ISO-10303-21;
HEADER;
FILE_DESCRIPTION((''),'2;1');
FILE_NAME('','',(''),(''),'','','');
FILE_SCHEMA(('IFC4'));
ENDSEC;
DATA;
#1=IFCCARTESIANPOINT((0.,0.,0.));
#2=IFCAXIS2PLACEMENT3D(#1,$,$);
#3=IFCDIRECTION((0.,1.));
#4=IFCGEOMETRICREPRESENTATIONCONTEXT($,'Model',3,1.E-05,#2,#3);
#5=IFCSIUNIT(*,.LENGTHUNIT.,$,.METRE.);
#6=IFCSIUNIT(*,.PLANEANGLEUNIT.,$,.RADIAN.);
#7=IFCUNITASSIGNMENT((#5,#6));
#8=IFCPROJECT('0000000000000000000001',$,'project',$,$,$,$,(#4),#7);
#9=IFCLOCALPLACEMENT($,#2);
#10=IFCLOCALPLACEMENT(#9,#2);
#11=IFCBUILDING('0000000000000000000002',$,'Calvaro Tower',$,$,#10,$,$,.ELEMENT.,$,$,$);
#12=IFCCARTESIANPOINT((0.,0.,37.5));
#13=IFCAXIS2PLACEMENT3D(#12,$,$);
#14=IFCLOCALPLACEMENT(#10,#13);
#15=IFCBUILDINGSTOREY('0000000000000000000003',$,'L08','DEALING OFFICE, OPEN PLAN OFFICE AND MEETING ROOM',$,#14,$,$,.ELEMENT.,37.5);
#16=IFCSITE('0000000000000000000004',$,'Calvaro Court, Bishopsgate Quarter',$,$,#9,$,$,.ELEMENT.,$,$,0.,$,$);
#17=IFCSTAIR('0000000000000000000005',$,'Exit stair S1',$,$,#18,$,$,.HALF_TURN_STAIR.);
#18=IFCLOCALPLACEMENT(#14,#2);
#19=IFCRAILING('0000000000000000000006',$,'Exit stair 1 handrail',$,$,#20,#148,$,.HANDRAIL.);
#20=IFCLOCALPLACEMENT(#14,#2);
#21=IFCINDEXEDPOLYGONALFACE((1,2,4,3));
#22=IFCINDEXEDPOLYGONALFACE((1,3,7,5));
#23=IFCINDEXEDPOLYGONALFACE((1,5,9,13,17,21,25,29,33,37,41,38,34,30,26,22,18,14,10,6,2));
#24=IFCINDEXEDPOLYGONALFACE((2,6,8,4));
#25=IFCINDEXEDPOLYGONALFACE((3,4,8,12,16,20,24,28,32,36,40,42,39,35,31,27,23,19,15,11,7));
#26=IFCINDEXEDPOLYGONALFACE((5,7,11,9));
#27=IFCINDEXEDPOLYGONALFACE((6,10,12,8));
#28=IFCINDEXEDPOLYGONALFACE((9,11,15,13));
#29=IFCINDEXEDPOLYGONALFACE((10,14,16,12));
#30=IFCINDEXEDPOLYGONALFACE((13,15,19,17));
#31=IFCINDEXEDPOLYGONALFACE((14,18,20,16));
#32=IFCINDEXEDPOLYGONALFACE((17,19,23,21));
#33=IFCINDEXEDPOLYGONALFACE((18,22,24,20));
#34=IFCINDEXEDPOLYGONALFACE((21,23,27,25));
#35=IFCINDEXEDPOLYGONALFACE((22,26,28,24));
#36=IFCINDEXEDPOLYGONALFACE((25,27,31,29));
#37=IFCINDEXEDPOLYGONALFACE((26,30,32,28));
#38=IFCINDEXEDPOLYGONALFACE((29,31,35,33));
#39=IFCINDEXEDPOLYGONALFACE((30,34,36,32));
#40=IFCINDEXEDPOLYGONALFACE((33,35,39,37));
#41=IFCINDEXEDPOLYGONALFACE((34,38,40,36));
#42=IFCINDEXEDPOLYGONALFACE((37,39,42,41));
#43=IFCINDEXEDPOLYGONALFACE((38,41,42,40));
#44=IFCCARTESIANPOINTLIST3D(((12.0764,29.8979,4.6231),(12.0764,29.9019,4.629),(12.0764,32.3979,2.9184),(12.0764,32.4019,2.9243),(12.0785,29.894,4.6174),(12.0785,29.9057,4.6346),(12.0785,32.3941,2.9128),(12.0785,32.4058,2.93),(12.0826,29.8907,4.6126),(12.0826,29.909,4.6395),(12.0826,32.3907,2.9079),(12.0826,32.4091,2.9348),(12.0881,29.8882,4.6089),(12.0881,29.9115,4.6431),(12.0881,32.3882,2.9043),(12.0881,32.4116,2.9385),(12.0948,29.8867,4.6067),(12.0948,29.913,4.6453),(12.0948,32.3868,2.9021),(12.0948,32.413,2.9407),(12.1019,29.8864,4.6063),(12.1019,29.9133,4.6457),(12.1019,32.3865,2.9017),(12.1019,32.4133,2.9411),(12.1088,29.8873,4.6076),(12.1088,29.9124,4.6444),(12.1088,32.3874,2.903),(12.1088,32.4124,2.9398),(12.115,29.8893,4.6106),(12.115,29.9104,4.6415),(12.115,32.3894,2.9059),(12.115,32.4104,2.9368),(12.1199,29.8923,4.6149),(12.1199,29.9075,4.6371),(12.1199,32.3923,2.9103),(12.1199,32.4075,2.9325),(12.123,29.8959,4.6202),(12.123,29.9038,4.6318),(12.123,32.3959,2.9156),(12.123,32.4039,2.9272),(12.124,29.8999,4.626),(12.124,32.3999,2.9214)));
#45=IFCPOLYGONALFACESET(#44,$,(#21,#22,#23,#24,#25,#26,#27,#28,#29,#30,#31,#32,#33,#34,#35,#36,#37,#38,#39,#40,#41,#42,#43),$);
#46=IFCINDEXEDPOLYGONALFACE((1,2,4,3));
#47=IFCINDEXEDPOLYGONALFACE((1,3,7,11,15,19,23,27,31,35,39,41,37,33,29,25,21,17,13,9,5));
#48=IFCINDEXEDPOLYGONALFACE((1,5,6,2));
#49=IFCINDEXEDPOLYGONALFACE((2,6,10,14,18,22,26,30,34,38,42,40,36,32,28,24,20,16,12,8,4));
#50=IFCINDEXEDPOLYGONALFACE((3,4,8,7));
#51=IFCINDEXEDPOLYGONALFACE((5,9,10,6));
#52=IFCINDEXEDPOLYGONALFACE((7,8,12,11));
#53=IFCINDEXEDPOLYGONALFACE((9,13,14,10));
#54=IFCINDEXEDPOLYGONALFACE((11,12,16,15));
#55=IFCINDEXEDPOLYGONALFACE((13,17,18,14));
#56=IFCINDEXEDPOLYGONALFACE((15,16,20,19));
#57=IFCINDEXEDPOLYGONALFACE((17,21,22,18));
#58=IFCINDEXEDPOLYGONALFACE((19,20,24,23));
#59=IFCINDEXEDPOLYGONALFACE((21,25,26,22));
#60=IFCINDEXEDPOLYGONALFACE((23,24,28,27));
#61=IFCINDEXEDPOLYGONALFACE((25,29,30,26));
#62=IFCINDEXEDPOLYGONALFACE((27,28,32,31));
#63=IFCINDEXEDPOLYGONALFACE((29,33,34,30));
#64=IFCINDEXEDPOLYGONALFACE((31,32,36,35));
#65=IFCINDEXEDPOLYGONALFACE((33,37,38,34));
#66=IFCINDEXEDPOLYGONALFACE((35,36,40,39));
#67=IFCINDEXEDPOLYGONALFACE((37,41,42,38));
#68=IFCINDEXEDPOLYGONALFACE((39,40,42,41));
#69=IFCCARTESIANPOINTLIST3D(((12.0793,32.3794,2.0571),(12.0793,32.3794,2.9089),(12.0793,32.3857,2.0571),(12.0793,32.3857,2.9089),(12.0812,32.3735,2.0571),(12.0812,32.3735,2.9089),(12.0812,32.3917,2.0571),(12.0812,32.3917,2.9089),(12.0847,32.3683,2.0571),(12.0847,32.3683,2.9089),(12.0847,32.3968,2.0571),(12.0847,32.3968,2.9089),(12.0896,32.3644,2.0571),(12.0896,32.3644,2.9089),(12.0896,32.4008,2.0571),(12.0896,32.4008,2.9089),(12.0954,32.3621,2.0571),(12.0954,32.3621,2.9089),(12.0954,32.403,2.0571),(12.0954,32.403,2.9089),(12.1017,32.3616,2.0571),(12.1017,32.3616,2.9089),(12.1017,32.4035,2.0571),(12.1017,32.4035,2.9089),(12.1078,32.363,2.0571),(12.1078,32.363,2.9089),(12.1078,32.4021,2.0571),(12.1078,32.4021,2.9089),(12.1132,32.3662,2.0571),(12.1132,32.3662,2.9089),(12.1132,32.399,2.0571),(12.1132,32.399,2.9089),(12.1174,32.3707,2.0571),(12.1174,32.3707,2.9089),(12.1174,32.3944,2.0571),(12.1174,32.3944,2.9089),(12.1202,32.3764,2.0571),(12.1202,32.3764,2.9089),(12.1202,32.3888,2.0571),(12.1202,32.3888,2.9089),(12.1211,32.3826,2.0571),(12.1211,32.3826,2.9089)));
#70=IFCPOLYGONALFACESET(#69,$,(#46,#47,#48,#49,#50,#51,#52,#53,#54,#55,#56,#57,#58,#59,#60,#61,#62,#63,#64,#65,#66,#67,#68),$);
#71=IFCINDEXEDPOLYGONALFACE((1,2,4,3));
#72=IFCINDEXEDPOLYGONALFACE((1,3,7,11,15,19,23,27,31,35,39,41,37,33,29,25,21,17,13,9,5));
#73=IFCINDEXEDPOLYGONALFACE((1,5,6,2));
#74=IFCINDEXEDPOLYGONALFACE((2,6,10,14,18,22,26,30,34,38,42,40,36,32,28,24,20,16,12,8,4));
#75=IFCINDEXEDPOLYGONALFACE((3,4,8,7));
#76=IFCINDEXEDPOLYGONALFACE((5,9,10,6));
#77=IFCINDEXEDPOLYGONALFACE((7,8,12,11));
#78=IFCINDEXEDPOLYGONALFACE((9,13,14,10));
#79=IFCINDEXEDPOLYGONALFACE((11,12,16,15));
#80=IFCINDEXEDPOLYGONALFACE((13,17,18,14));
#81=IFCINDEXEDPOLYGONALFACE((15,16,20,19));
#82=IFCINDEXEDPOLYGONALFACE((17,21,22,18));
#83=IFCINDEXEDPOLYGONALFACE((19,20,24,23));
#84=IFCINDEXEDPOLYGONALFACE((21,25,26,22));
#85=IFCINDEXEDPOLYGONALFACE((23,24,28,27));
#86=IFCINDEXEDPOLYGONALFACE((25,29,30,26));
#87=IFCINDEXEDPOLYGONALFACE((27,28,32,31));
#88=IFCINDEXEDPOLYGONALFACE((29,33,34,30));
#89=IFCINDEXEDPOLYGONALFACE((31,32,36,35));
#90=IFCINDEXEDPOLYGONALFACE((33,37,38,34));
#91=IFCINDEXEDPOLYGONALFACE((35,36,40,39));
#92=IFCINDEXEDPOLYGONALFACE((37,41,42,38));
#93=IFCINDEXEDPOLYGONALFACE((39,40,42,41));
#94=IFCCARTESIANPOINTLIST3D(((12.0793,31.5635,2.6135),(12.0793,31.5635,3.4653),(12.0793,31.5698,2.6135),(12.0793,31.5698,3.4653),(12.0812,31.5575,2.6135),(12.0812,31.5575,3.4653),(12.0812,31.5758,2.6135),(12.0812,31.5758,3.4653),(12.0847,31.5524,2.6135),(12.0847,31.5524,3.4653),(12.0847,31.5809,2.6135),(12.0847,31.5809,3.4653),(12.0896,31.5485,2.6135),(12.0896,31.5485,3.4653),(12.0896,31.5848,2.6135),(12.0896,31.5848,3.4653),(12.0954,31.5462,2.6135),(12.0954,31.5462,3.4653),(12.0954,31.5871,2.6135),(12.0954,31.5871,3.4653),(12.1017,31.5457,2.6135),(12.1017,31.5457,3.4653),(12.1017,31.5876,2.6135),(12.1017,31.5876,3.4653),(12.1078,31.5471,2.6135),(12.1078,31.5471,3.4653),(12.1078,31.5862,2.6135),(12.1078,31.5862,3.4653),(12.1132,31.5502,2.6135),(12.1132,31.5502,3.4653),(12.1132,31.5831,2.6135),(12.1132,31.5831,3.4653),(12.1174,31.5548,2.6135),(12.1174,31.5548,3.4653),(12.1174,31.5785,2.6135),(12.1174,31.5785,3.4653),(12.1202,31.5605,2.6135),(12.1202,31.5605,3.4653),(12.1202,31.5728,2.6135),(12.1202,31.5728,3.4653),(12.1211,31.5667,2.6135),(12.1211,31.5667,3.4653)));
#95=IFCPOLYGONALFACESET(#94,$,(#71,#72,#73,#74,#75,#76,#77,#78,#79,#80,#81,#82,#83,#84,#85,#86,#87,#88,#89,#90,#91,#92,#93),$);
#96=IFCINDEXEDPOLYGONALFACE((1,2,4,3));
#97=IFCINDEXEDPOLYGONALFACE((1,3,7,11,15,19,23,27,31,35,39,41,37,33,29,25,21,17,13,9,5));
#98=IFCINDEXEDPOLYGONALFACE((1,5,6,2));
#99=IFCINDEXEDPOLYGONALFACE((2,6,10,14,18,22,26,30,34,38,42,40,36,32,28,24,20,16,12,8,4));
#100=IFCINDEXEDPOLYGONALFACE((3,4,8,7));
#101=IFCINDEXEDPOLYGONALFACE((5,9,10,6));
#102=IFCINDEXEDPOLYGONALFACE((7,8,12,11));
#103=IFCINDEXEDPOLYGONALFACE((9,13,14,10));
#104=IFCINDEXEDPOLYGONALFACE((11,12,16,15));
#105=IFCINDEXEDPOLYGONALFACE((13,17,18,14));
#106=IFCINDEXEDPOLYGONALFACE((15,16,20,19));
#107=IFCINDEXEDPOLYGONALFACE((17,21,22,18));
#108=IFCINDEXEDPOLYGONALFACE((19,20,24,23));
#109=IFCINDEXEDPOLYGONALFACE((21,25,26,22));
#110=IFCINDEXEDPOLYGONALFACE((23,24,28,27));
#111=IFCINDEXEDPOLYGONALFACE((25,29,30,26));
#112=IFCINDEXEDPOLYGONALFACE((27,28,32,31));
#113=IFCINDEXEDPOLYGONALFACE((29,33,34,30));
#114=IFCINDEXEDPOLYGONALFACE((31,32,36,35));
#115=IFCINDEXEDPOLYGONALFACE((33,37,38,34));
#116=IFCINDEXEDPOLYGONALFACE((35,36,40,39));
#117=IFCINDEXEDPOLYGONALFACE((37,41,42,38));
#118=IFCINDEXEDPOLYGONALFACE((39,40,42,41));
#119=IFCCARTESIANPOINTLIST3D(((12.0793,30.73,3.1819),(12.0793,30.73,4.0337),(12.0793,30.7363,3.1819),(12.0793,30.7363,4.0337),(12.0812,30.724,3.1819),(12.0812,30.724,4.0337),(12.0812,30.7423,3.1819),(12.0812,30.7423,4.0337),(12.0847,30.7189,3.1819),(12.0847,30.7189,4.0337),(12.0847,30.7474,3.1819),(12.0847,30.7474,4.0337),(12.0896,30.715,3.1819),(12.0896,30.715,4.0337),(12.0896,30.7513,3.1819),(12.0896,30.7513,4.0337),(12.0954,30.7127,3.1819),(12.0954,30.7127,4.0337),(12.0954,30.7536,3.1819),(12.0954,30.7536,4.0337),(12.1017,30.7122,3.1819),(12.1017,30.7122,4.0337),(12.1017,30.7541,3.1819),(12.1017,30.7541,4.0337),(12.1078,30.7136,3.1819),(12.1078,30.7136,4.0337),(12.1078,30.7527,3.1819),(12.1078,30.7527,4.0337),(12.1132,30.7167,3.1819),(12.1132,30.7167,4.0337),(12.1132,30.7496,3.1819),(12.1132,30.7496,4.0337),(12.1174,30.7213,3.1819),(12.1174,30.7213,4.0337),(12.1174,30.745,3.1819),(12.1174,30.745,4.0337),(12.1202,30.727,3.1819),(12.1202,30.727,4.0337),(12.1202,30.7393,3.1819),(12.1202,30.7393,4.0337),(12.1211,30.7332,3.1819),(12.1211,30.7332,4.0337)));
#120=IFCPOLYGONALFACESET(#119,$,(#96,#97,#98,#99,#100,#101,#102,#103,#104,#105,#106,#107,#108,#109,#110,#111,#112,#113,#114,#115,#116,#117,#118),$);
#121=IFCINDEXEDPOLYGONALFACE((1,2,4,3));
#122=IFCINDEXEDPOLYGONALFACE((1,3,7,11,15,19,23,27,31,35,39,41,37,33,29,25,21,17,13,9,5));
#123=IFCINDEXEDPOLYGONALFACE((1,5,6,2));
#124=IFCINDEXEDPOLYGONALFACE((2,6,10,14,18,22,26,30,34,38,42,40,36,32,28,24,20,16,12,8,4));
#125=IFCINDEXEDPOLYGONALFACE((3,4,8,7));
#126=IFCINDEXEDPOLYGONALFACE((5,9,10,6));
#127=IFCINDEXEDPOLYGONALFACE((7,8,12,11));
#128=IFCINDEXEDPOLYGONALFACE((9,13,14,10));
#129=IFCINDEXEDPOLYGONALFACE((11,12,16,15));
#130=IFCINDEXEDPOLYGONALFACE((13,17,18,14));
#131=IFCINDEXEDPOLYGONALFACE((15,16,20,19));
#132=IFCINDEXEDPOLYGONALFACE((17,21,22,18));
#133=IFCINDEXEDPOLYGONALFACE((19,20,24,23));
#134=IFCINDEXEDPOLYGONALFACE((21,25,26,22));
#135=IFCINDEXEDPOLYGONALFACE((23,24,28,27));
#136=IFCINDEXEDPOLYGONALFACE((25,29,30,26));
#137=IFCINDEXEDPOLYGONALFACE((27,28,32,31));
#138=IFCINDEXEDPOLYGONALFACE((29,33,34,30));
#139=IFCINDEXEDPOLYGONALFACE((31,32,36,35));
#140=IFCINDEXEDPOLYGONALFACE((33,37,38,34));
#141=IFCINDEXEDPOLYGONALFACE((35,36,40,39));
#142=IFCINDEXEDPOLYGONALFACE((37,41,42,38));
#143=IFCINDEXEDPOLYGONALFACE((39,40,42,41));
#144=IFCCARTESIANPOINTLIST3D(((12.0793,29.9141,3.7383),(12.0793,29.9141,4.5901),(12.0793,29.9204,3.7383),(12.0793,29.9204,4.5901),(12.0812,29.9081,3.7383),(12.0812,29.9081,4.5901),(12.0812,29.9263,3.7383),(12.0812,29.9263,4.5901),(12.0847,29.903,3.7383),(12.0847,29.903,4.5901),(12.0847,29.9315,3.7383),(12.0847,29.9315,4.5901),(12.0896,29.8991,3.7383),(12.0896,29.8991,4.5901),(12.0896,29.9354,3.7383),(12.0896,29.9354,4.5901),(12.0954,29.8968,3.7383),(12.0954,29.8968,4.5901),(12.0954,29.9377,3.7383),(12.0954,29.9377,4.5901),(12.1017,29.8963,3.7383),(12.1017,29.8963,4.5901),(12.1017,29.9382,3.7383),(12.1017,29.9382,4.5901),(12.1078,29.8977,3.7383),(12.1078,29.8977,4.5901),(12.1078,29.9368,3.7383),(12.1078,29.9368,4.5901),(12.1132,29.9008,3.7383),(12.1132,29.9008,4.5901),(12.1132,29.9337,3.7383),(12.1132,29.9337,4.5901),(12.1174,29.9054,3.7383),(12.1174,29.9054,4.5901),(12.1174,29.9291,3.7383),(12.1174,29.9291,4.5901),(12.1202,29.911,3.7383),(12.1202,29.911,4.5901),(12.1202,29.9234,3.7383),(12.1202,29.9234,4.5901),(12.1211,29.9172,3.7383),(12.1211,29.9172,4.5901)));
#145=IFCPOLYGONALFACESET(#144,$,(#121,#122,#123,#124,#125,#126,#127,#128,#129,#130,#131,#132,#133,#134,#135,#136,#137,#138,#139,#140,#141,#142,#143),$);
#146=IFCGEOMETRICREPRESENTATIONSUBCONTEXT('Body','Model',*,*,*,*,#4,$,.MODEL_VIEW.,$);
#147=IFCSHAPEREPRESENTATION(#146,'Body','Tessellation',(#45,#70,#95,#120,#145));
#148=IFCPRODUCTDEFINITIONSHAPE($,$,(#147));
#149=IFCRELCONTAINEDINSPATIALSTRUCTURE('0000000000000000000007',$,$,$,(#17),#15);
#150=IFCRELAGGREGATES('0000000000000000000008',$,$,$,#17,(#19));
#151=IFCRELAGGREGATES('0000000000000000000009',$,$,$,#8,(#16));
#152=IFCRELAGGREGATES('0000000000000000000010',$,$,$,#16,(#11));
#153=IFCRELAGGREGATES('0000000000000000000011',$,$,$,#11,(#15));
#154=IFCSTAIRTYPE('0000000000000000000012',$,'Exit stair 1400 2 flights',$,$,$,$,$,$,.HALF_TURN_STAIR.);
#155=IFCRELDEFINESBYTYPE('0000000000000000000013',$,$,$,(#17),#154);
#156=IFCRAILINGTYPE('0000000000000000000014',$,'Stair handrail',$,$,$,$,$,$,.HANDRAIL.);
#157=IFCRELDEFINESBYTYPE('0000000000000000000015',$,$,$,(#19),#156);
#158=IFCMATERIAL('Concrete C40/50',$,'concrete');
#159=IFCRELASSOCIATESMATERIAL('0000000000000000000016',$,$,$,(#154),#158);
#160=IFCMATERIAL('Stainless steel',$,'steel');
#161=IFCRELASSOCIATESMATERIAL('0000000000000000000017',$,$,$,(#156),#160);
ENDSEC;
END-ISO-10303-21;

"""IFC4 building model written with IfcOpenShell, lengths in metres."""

from ifc_helpers import new_model, si_unit, direction, frame, origin, origin_2d, place, context, subcontext, project, spatial, circle, extrude, material, type_object, element, aggregate, save


model = new_model("IFC4")

# Units and contexts
model_context = context("Model", 3, precision=1e-05, world=origin(), true_north=direction((0.0, 1.0)))
body_context = subcontext(model_context, "Body", "Model", "MODEL_VIEW")
ifc_project = project(units=[si_unit("LENGTHUNIT", "METRE"), si_unit("PLANEANGLEUNIT", "RADIAN")], contexts=[model_context])

# Site, building, storey
site_placement = place(None, origin())
site = spatial("IfcSite", under=ifc_project, at=site_placement, Name="Calvaro Court, Bishopsgate Quarter", CompositionType="ELEMENT", RefElevation=0.0)
building_placement = place(site_placement, origin())
building = spatial("IfcBuilding", under=site, at=building_placement, Name="Calvaro Tower", CompositionType="ELEMENT")
storey_placement = place(building_placement, frame((0.0, 0.0, 37.5)))
storey = spatial("IfcBuildingStorey", under=building, at=storey_placement, Name="L08", Description="DEALING OFFICE, OPEN PLAN OFFICE AND MEETING ROOM", CompositionType="ELEMENT", Elevation=37.5)

# Stair, railing
ifc_material_1 = material(Name="Concrete C40/50", Category="concrete")
stair_type = type_object("IfcStairType", Name="Exit stair 1400 2 flights", PredefinedType="HALF_TURN_STAIR", material=ifc_material_1)
stair_placement = place(storey_placement, origin())
stair = element("IfcStair", 1, at=stair_placement, inside=storey, type_object=stair_type, Name="Exit stair S1", PredefinedType="HALF_TURN_STAIR")
ifc_material_2 = material(Name="Stainless steel", Category="steel")
railing_type = type_object("IfcRailingType", Name="Stair handrail", PredefinedType="HANDRAIL", material=ifc_material_2)
railing_1_placement = place(storey_placement, frame((12.1001, 32.3999, 2.0454)))
railing_1 = element("IfcRailing", 2, at=railing_1_placement, type_object=railing_type, Name="Exit stair 1 handrail", PredefinedType="HANDRAIL", context=body_context, shape_type="SweptSolid", body=[
    extrude(circle(Radius=0.0239, at=origin_2d()), frame((0.0, 0.0, 0.876), z_axis=(0.0, -0.826221, 0.563347), x_axis=(1.0, 0.0, 0.0)), (0.0, 0.0, 1.0), 3.0259),
    extrude(circle(Radius=0.021, at=origin_2d()), frame((0.0, -0.0173, 0.0117)), (0.0, 0.0, 1.0), 0.8518),
    extrude(circle(Radius=0.021, at=origin_2d()), frame((0.0, -0.8333, 0.5681)), (0.0, 0.0, 1.0), 0.8518),
    extrude(circle(Radius=0.021, at=origin_2d()), frame((0.0, -1.6667, 1.1365)), (0.0, 0.0, 1.0), 0.8518),
    extrude(circle(Radius=0.021, at=origin_2d()), frame((0.0, -2.4827, 1.6929)), (0.0, 0.0, 1.0), 0.8518),
])
aggregate(stair, [railing_1])

save(model, "model.ifc")
